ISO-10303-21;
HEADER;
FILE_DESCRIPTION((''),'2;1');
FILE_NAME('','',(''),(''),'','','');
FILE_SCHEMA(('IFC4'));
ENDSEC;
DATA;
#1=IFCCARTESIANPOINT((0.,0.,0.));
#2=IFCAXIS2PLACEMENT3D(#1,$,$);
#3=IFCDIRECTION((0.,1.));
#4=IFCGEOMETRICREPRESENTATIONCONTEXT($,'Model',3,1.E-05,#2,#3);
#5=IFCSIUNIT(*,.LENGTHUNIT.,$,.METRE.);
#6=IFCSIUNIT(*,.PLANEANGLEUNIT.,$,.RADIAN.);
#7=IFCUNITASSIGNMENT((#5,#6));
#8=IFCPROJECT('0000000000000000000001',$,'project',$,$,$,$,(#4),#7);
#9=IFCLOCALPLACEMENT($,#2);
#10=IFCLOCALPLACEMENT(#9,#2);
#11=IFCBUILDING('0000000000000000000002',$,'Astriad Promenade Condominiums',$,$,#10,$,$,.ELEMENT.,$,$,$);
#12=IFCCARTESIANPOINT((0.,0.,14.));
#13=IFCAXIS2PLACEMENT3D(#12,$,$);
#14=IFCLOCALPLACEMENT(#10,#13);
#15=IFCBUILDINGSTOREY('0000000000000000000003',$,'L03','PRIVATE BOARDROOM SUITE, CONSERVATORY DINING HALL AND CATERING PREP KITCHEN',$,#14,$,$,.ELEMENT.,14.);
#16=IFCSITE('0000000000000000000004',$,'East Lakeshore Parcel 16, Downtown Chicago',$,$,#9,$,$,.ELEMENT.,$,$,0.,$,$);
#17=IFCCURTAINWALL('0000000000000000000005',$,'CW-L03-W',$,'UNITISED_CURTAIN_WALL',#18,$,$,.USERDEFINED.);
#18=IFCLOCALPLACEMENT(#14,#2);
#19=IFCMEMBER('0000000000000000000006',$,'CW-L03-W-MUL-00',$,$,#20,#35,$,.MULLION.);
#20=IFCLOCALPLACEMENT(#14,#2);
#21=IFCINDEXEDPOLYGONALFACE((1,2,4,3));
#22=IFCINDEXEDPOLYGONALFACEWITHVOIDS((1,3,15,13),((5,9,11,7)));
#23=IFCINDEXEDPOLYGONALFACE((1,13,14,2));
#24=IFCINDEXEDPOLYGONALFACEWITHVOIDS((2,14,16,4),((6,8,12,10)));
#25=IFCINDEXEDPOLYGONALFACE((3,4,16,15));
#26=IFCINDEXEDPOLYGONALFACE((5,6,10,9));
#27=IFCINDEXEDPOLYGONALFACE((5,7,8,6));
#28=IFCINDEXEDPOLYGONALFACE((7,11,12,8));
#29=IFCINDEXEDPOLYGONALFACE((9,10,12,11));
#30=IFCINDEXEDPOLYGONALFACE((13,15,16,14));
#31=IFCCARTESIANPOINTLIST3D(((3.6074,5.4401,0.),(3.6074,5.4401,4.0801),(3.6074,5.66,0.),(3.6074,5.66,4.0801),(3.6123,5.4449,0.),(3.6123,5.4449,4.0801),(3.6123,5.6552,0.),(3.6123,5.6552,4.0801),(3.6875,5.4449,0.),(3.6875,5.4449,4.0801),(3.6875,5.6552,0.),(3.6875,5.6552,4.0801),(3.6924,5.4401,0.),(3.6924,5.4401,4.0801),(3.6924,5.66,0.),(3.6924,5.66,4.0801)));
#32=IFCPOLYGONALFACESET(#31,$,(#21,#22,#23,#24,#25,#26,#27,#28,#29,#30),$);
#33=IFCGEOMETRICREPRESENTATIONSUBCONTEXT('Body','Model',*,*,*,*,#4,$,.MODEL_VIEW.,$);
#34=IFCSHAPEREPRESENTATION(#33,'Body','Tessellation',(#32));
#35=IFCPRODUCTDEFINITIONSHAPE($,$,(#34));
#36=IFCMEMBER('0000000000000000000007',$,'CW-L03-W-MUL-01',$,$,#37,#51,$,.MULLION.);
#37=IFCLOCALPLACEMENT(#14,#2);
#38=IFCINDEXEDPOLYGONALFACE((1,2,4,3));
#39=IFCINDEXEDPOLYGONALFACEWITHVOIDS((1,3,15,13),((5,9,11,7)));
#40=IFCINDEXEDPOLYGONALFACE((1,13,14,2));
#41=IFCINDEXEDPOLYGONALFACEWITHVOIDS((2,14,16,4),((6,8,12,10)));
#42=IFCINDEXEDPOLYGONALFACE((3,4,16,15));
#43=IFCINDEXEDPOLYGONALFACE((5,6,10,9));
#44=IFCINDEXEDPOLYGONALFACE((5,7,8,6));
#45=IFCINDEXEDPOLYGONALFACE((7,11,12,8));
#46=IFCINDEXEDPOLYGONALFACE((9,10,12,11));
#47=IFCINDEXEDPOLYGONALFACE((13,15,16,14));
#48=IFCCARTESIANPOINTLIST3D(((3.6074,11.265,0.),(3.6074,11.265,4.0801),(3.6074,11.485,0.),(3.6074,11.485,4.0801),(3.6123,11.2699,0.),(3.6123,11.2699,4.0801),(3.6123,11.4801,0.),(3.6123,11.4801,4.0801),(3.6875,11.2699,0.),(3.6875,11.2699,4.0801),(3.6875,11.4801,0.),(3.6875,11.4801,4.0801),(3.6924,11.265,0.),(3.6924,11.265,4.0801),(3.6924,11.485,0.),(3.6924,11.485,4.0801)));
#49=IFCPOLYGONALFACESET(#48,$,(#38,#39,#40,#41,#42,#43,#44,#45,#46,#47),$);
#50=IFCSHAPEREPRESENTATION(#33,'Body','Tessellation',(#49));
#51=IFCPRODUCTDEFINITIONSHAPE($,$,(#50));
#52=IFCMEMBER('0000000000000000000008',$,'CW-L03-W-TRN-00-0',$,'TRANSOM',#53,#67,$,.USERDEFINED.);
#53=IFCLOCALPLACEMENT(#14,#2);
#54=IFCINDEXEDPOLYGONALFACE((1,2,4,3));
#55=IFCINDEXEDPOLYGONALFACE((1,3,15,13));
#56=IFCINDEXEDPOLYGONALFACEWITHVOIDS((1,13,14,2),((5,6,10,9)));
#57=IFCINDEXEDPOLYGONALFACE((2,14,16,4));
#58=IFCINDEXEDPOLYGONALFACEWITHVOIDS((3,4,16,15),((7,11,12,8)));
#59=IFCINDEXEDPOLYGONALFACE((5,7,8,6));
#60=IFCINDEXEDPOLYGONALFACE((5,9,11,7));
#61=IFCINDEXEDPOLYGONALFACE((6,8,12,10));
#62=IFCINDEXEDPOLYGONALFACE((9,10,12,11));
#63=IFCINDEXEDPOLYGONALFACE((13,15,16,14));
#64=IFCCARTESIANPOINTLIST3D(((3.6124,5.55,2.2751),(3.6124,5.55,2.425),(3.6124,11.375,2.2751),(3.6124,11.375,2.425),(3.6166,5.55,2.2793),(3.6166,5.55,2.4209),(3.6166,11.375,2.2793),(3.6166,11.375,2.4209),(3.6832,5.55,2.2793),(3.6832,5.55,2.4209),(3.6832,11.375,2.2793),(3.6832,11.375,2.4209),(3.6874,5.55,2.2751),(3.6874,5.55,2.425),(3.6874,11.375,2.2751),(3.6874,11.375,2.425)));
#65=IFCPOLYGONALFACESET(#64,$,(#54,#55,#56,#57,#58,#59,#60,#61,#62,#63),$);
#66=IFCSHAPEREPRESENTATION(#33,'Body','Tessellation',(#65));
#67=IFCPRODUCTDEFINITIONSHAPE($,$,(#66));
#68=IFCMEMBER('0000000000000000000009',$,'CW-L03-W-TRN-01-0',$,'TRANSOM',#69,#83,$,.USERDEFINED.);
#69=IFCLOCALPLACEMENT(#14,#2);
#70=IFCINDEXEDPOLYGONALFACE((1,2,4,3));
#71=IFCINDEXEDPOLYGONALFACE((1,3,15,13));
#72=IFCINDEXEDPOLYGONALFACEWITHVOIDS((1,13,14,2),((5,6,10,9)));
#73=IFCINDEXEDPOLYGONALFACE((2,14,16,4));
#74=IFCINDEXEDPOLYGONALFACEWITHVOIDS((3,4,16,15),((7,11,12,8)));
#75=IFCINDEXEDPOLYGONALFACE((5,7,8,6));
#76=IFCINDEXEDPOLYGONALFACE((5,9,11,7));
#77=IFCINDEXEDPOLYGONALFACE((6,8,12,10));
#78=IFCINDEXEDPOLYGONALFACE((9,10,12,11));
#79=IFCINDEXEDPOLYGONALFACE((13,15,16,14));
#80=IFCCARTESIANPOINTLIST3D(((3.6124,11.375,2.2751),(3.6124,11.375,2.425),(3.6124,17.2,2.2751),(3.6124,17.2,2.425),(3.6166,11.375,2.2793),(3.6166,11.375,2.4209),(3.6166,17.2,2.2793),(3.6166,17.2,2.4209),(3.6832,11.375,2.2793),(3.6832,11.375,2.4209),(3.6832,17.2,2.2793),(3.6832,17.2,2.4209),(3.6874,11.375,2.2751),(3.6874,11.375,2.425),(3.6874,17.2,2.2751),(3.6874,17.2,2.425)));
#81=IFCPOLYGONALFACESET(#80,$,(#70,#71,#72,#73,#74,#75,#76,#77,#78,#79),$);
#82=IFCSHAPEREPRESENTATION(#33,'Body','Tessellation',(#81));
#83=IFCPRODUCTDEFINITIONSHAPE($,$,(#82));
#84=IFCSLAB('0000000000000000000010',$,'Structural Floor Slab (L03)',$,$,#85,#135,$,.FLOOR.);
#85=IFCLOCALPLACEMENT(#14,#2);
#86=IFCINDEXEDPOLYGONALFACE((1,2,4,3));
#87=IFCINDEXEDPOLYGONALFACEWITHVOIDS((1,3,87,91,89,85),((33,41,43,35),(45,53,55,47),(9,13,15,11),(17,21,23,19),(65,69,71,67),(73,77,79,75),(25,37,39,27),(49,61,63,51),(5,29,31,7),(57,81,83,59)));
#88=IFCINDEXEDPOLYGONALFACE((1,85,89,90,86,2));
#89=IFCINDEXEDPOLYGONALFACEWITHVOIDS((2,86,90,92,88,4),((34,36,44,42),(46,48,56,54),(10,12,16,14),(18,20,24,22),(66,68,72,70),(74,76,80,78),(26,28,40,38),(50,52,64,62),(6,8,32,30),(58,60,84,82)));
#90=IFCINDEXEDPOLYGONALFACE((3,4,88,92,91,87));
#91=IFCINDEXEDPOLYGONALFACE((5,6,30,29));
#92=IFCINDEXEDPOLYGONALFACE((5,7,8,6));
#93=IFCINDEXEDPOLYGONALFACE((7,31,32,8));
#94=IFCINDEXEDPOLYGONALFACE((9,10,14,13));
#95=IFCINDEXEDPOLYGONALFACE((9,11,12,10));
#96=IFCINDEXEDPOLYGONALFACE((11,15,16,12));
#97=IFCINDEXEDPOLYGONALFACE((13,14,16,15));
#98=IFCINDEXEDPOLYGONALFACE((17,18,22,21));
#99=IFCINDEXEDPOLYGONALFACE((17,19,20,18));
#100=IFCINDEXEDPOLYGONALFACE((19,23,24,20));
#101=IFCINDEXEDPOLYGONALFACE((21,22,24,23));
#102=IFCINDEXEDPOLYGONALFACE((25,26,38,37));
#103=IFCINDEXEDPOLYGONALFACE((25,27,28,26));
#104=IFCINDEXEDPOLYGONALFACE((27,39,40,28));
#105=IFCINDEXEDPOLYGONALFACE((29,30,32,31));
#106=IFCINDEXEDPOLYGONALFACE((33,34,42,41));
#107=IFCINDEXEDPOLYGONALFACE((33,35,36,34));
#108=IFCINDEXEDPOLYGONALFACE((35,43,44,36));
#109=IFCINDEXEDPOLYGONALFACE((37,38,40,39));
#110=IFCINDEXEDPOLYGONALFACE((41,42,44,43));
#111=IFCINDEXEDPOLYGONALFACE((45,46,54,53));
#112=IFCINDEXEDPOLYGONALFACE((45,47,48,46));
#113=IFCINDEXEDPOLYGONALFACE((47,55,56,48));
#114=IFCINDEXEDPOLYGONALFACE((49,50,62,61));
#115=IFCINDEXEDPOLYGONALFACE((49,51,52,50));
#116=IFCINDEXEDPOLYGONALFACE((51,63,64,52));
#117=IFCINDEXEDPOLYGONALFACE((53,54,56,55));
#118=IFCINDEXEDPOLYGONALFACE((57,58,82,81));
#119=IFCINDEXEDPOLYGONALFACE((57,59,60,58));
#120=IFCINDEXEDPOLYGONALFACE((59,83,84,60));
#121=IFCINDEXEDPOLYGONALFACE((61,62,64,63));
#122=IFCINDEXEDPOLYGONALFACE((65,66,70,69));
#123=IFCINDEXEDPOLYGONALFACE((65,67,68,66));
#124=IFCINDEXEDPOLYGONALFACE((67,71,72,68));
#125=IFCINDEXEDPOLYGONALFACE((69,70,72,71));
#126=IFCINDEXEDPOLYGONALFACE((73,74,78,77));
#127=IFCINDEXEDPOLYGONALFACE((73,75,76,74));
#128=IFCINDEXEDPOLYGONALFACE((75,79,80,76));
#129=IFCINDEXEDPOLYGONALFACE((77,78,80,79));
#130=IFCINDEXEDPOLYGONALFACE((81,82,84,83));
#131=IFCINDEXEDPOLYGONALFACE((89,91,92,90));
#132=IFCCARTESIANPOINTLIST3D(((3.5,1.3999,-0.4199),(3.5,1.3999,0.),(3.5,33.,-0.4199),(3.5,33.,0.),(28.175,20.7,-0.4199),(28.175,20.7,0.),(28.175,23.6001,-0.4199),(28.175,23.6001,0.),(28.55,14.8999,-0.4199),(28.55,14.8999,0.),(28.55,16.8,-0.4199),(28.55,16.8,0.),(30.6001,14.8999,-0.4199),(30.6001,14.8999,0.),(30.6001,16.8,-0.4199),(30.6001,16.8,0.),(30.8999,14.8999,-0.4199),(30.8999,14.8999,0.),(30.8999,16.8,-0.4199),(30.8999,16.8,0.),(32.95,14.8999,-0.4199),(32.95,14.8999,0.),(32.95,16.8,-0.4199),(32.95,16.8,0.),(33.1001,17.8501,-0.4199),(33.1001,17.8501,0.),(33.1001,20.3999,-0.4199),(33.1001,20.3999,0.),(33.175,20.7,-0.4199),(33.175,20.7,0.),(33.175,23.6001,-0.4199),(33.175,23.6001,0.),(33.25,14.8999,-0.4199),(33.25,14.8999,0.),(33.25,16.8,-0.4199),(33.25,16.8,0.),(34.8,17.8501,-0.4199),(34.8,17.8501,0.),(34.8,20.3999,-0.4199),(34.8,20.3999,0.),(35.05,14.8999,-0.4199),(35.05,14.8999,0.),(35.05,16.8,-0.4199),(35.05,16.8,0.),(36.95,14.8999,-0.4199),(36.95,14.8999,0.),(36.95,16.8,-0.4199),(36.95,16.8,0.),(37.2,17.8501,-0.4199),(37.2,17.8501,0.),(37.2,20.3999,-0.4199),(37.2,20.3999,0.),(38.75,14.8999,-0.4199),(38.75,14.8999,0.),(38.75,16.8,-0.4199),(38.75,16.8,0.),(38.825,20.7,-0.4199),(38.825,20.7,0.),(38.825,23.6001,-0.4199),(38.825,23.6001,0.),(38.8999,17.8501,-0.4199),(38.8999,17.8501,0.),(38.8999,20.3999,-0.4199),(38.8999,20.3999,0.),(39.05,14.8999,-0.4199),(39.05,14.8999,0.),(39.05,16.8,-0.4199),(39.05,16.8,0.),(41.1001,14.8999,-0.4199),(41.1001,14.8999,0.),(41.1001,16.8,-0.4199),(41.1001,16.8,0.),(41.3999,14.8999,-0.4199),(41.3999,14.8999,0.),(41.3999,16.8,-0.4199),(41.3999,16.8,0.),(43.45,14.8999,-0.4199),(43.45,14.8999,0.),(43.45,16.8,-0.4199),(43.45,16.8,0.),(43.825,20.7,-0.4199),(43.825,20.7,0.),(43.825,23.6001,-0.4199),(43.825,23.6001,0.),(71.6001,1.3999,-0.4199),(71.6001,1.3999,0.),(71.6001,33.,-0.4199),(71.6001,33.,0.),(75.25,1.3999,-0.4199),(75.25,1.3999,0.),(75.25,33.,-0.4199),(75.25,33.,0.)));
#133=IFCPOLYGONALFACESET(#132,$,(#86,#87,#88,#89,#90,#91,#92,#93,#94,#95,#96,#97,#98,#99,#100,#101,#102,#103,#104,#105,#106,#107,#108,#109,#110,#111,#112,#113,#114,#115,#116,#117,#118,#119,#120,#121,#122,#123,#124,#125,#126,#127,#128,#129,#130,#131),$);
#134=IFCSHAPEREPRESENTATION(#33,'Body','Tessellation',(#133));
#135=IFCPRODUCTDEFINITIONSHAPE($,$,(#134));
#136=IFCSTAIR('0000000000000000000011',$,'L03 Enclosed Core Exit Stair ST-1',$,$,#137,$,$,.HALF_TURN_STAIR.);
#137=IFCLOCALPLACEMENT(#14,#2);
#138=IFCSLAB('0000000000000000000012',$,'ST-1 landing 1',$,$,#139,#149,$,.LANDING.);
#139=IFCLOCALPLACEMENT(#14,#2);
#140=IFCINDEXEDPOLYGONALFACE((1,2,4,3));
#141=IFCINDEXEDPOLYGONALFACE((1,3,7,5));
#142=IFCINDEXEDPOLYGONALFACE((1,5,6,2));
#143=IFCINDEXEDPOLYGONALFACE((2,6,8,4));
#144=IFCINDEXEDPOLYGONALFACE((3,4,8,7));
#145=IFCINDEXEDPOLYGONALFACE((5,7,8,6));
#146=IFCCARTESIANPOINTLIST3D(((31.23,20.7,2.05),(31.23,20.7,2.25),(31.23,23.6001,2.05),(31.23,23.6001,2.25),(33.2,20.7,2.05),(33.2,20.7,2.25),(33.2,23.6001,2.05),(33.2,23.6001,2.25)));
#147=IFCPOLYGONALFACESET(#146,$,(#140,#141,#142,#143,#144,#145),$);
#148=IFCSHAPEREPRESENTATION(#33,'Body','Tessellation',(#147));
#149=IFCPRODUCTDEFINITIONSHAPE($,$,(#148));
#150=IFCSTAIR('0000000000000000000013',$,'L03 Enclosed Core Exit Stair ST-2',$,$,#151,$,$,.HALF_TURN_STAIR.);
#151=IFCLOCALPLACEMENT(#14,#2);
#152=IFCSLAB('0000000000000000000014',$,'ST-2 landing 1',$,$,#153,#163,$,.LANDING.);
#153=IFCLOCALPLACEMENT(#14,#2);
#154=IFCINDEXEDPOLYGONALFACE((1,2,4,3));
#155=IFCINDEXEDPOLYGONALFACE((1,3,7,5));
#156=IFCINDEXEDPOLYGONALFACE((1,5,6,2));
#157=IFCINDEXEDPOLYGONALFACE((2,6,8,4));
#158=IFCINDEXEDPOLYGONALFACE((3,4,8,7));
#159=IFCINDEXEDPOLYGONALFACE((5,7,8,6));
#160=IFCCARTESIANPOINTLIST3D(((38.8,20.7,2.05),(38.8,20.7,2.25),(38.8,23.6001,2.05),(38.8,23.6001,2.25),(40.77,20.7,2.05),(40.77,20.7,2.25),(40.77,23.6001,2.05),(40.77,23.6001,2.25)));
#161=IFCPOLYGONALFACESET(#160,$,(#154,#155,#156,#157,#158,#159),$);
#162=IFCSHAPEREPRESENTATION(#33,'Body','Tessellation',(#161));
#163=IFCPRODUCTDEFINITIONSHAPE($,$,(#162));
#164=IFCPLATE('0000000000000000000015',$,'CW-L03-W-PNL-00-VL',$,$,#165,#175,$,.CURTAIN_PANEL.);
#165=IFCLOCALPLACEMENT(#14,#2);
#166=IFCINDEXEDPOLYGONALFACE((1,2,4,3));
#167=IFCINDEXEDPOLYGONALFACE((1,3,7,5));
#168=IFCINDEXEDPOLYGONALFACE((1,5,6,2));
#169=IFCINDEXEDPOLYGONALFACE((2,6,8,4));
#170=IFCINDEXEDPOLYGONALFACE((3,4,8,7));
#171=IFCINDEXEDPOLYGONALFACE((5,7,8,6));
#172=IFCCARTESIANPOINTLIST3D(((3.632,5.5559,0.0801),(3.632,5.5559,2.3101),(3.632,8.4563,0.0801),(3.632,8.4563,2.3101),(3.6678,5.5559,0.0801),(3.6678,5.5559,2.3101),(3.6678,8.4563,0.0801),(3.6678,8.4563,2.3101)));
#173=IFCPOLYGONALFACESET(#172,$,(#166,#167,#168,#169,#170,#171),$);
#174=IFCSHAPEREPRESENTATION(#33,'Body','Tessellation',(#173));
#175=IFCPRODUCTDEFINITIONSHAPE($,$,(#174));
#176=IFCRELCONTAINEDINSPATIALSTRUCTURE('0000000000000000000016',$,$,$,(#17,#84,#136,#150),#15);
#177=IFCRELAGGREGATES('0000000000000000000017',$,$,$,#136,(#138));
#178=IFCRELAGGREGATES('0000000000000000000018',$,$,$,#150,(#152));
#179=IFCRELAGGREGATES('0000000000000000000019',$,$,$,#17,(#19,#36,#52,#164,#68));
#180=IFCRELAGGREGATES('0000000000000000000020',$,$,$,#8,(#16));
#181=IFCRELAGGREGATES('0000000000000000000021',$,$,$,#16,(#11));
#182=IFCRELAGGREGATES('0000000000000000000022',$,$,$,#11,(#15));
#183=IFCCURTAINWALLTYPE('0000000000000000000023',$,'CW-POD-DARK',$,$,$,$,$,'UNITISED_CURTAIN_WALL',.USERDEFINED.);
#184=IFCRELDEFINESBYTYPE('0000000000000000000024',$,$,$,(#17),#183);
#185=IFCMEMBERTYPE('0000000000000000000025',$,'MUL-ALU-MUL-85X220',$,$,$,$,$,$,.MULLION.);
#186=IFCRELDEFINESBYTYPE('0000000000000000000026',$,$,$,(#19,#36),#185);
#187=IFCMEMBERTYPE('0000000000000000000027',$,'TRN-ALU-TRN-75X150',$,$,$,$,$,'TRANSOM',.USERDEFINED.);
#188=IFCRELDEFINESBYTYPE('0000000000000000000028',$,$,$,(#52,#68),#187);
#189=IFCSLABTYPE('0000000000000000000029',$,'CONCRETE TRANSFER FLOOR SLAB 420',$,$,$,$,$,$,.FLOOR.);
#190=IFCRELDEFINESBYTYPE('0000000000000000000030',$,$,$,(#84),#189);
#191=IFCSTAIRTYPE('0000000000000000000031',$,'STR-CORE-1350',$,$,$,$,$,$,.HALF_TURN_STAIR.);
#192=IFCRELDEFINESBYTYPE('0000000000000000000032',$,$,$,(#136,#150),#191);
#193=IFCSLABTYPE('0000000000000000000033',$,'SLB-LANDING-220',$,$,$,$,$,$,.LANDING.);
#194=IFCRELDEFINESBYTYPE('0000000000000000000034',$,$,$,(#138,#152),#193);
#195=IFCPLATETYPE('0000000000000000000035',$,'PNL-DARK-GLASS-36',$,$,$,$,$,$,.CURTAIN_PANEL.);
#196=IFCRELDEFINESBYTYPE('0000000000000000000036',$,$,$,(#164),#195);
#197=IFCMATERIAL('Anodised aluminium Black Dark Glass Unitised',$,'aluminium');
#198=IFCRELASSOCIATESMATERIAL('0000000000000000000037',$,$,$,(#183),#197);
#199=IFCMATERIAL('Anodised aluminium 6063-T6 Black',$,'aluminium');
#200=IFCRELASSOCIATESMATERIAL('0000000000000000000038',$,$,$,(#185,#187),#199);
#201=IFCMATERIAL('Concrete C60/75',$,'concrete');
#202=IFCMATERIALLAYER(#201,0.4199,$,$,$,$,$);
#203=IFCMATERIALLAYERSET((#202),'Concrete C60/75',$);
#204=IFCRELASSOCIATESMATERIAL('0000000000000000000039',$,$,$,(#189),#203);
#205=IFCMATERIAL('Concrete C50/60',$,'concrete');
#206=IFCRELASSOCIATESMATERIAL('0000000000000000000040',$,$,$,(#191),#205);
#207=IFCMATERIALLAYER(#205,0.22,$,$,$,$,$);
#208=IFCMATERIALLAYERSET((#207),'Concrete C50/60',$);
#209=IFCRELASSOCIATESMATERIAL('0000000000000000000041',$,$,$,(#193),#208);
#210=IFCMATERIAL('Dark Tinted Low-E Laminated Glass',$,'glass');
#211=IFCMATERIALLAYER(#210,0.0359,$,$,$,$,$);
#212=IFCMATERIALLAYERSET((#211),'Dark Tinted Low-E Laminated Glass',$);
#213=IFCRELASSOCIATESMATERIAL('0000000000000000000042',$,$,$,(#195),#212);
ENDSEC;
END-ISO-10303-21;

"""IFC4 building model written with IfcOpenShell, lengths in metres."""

from ifc_helpers import new_model, si_unit, direction, frame, origin, origin_2d, place, context, subcontext, project, spatial, polyline, rectangle, hollow_rectangle, outline, extrude, source, transform, mapped, material, layer, layer_set, material_profile, profile_set, type_object, type_shapes, element, aggregate, save


model = new_model("IFC4")

# Units and contexts
model_context = context("Model", 3, precision=1e-05, world=origin(), true_north=direction((0.0, 1.0)))
body_context = subcontext(model_context, "Body", "Model", "MODEL_VIEW")
ifc_project = project(units=[si_unit("LENGTHUNIT", "METRE"), si_unit("PLANEANGLEUNIT", "RADIAN")], contexts=[model_context])

# Site, building, storey
site_placement = place(None, origin())
site = spatial("IfcSite", under=ifc_project, at=site_placement, Name="East Lakeshore Parcel 16, Downtown Chicago", CompositionType="ELEMENT", RefElevation=0.0)
building_placement = place(site_placement, origin())
building = spatial("IfcBuilding", under=site, at=building_placement, Name="Astriad Promenade Condominiums", CompositionType="ELEMENT")
storey_placement = place(building_placement, frame((0.0, 0.0, 14.0)))
storey = spatial("IfcBuildingStorey", under=building, at=storey_placement, Name="L03", Description="PRIVATE BOARDROOM SUITE, CONSERVATORY DINING HALL AND CATERING PREP KITCHEN", CompositionType="ELEMENT", Elevation=14.0)

# Curtain wall, members
ifc_material_1 = material(Name="Anodised aluminium Black Dark Glass Unitised", Category="aluminium")
curtain_wall_type = type_object("IfcCurtainWallType", Name="CW-POD-DARK", ElementType="UNITISED_CURTAIN_WALL", PredefinedType="USERDEFINED", material=ifc_material_1)
curtain_wall_placement = place(storey_placement, origin())
curtain_wall = element("IfcCurtainWall", 1, at=curtain_wall_placement, inside=storey, type_object=curtain_wall_type, Name="CW-L03-W", ObjectType="UNITISED_CURTAIN_WALL", PredefinedType="USERDEFINED")
ifc_material_2 = material(Name="Anodised aluminium 6063-T6 Black", Category="aluminium")
ifc_material_profile_1 = material_profile(ifc_material_2, hollow_rectangle(XDim=0.085, YDim=0.22, WallThickness=0.0049, at=origin_2d()), Name="ALU-MUL-85X220")
ifc_profile_set_1 = profile_set([ifc_material_profile_1], Name="Anodised aluminium 6063-T6 Black")
member_type_1 = type_object("IfcMemberType", Name="MUL-ALU-MUL-85X220", PredefinedType="MULLION", material=ifc_profile_set_1)
shared_shape_1 = source(origin(), body_context, "Body", "SweptSolid", [
    extrude(hollow_rectangle(XDim=0.085, YDim=0.22, WallThickness=0.0049, at=origin_2d()), origin(), (0.0, 0.0, 1.0), 4.0801),
])
type_shapes(member_type_1, [shared_shape_1])
member_1_placement = place(storey_placement, frame((3.6499, 5.55, 0.0), z_axis=(0.0, 0.0, 1.0), x_axis=(1.0, 0.0, 0.0)))
member_1 = element("IfcMember", 2, at=member_1_placement, type_object=member_type_1, Name="CW-L03-W-MUL-00", PredefinedType="MULLION", context=body_context, shape_type="MappedRepresentation", body=[
    mapped(shared_shape_1, transform((0.0, 0.0, 0.0), scale=1.0)),
])
member_2_placement = place(storey_placement, frame((3.6499, 11.375, 0.0), z_axis=(0.0, 0.0, 1.0), x_axis=(1.0, 0.0, 0.0)))
member_2 = element("IfcMember", 3, at=member_2_placement, type_object=member_type_1, Name="CW-L03-W-MUL-01", PredefinedType="MULLION", context=body_context, shape_type="MappedRepresentation", body=[
    mapped(shared_shape_1, transform((0.0, 0.0, 0.0), scale=1.0)),
])
ifc_material_profile_2 = material_profile(ifc_material_2, hollow_rectangle(XDim=0.075, YDim=0.1499, WallThickness=0.0042, at=origin_2d()), Name="ALU-TRN-75X150")
ifc_profile_set_2 = profile_set([ifc_material_profile_2], Name="Anodised aluminium 6063-T6 Black")
member_type_2 = type_object("IfcMemberType", Name="TRN-ALU-TRN-75X150", ElementType="TRANSOM", PredefinedType="USERDEFINED", material=ifc_profile_set_2)
shared_shape_2 = source(origin(), body_context, "Body", "SweptSolid", [
    extrude(hollow_rectangle(XDim=0.075, YDim=0.1499, WallThickness=0.0042, at=origin_2d()), origin(), (0.0, 0.0, 1.0), 5.825),
])
type_shapes(member_type_2, [shared_shape_2])
member_3_placement = place(storey_placement, frame((3.6499, 5.55, 2.3501), z_axis=(0.0, 1.0, 0.0), x_axis=(-1.0, 0.0, 0.0)))
member_3 = element("IfcMember", 4, at=member_3_placement, type_object=member_type_2, Name="CW-L03-W-TRN-00-0", ObjectType="TRANSOM", PredefinedType="USERDEFINED", context=body_context, shape_type="MappedRepresentation", body=[
    mapped(shared_shape_2, transform((0.0, 0.0, 0.0), scale=1.0)),
])
member_4_placement = place(storey_placement, frame((3.6499, 11.375, 2.3501), z_axis=(0.0, 1.0, 0.0), x_axis=(-1.0, 0.0, 0.0)))
member_4 = element("IfcMember", 5, at=member_4_placement, type_object=member_type_2, Name="CW-L03-W-TRN-01-0", ObjectType="TRANSOM", PredefinedType="USERDEFINED", context=body_context, shape_type="MappedRepresentation", body=[
    mapped(shared_shape_2, transform((0.0, 0.0, 0.0), scale=1.0)),
])

# Slab
ifc_material_3 = material(Name="Concrete C60/75", Category="concrete")
ifc_layer_1 = layer(ifc_material_3, 0.4199)
ifc_layer_set_1 = layer_set([ifc_layer_1], Name="Concrete C60/75")
slab_type_1 = type_object("IfcSlabType", Name="CONCRETE TRANSFER FLOOR SLAB 420", PredefinedType="FLOOR", material=ifc_layer_set_1)
slab_1_placement = place(storey_placement, frame((0.0, 0.0, -0.4199)))
element("IfcSlab", 6, at=slab_1_placement, inside=storey, type_object=slab_type_1, Name="Structural Floor Slab (L03)", PredefinedType="FLOOR", context=body_context, shape_type="SweptSolid", body=[
    extrude(outline(polyline([(71.6001, 1.3999), (75.25, 1.3999), (75.25, 33.0), (71.6001, 33.0), (3.5, 33.0), (3.5, 1.3999), (71.6001, 1.3999)]), holes=[polyline([(28.175, 20.7), (33.175, 20.7), (33.175, 23.6001), (28.175, 23.6001), (28.175, 20.7)]), polyline([(38.825, 20.7), (43.825, 20.7), (43.825, 23.6001), (38.825, 23.6001), (38.825, 20.7)]), polyline([(33.1001, 17.8501), (34.8, 17.8501), (34.8, 20.3999), (33.1001, 20.3999), (33.1001, 17.8501)]), polyline([(37.2, 17.8501), (38.8999, 17.8501), (38.8999, 20.3999), (37.2, 20.3999), (37.2, 17.8501)]), polyline([(28.55, 14.8999), (30.6001, 14.8999), (30.6001, 16.8), (28.55, 16.8), (28.55, 14.8999)]), polyline([(30.8999, 14.8999), (32.95, 14.8999), (32.95, 16.8), (30.8999, 16.8), (30.8999, 14.8999)]), polyline([(33.25, 14.8999), (35.05, 14.8999), (35.05, 16.8), (33.25, 16.8), (33.25, 14.8999)]), polyline([(36.95, 14.8999), (38.75, 14.8999), (38.75, 16.8), (36.95, 16.8), (36.95, 14.8999)]), polyline([(39.05, 14.8999), (41.1001, 14.8999), (41.1001, 16.8), (39.05, 16.8), (39.05, 14.8999)]), polyline([(41.3999, 14.8999), (43.45, 14.8999), (43.45, 16.8), (41.3999, 16.8), (41.3999, 14.8999)])]), origin(), (0.0, 0.0, 1.0), 0.4199),
])

# Stairs, slabs
ifc_material_4 = material(Name="Concrete C50/60", Category="concrete")
stair_type = type_object("IfcStairType", Name="STR-CORE-1350", PredefinedType="HALF_TURN_STAIR", material=ifc_material_4)
stair_1_placement = place(storey_placement, origin())
stair_1 = element("IfcStair", 7, at=stair_1_placement, inside=storey, type_object=stair_type, Name="L03 Enclosed Core Exit Stair ST-1", PredefinedType="HALF_TURN_STAIR")
ifc_layer_2 = layer(ifc_material_4, 0.22)
ifc_layer_set_2 = layer_set([ifc_layer_2], Name="Concrete C50/60")
slab_type_2 = type_object("IfcSlabType", Name="SLB-LANDING-220", PredefinedType="LANDING", material=ifc_layer_set_2)
slab_2_placement = place(storey_placement, frame((0.0, 0.0, 2.05)))
slab_2 = element("IfcSlab", 8, at=slab_2_placement, type_object=slab_type_2, Name="ST-1 landing 1", PredefinedType="LANDING", context=body_context, shape_type="SweptSolid", body=[
    extrude(outline(polyline([(31.23, 20.7), (33.2, 20.7), (33.2, 23.6001), (31.23, 23.6001), (31.23, 20.7)])), origin(), (0.0, 0.0, 1.0), 0.2),
])
aggregate(stair_1, [slab_2])
stair_2_placement = place(storey_placement, origin())
stair_2 = element("IfcStair", 9, at=stair_2_placement, inside=storey, type_object=stair_type, Name="L03 Enclosed Core Exit Stair ST-2", PredefinedType="HALF_TURN_STAIR")
slab_3_placement = place(storey_placement, frame((0.0, 0.0, 2.05)))
slab_3 = element("IfcSlab", 10, at=slab_3_placement, type_object=slab_type_2, Name="ST-2 landing 1", PredefinedType="LANDING", context=body_context, shape_type="SweptSolid", body=[
    extrude(outline(polyline([(40.77, 23.6001), (38.8, 23.6001), (38.8, 20.7), (40.77, 20.7), (40.77, 23.6001)])), origin(), (0.0, 0.0, 1.0), 0.2),
])
aggregate(stair_2, [slab_3])

# Plate
ifc_material_5 = material(Name="Dark Tinted Low-E Laminated Glass", Category="glass")
ifc_layer_3 = layer(ifc_material_5, 0.0359)
ifc_layer_set_3 = layer_set([ifc_layer_3], Name="Dark Tinted Low-E Laminated Glass")
plate_type = type_object("IfcPlateType", Name="PNL-DARK-GLASS-36", PredefinedType="CURTAIN_PANEL", material=ifc_layer_set_3)
shared_shape_3 = source(origin(), body_context, "Body", "SweptSolid", [
    extrude(rectangle(XDim=2.9004, YDim=0.0359, at=origin_2d()), origin(), (0.0, 0.0, 1.0), 2.23),
])
plate_1_placement = place(storey_placement, frame((3.6499, 7.0061, 0.0801), z_axis=(0.0, 0.0, 1.0), x_axis=(0.0, 1.0, 0.0)))
plate_1 = element("IfcPlate", 11, at=plate_1_placement, type_object=plate_type, Name="CW-L03-W-PNL-00-VL", PredefinedType="CURTAIN_PANEL", context=body_context, shape_type="MappedRepresentation", body=[
    mapped(shared_shape_3, transform((0.0, 0.0, 0.0), scale=1.0)),
])
aggregate(curtain_wall, [member_1, member_2, member_3, plate_1, member_4])

save(model, "model.ifc")
